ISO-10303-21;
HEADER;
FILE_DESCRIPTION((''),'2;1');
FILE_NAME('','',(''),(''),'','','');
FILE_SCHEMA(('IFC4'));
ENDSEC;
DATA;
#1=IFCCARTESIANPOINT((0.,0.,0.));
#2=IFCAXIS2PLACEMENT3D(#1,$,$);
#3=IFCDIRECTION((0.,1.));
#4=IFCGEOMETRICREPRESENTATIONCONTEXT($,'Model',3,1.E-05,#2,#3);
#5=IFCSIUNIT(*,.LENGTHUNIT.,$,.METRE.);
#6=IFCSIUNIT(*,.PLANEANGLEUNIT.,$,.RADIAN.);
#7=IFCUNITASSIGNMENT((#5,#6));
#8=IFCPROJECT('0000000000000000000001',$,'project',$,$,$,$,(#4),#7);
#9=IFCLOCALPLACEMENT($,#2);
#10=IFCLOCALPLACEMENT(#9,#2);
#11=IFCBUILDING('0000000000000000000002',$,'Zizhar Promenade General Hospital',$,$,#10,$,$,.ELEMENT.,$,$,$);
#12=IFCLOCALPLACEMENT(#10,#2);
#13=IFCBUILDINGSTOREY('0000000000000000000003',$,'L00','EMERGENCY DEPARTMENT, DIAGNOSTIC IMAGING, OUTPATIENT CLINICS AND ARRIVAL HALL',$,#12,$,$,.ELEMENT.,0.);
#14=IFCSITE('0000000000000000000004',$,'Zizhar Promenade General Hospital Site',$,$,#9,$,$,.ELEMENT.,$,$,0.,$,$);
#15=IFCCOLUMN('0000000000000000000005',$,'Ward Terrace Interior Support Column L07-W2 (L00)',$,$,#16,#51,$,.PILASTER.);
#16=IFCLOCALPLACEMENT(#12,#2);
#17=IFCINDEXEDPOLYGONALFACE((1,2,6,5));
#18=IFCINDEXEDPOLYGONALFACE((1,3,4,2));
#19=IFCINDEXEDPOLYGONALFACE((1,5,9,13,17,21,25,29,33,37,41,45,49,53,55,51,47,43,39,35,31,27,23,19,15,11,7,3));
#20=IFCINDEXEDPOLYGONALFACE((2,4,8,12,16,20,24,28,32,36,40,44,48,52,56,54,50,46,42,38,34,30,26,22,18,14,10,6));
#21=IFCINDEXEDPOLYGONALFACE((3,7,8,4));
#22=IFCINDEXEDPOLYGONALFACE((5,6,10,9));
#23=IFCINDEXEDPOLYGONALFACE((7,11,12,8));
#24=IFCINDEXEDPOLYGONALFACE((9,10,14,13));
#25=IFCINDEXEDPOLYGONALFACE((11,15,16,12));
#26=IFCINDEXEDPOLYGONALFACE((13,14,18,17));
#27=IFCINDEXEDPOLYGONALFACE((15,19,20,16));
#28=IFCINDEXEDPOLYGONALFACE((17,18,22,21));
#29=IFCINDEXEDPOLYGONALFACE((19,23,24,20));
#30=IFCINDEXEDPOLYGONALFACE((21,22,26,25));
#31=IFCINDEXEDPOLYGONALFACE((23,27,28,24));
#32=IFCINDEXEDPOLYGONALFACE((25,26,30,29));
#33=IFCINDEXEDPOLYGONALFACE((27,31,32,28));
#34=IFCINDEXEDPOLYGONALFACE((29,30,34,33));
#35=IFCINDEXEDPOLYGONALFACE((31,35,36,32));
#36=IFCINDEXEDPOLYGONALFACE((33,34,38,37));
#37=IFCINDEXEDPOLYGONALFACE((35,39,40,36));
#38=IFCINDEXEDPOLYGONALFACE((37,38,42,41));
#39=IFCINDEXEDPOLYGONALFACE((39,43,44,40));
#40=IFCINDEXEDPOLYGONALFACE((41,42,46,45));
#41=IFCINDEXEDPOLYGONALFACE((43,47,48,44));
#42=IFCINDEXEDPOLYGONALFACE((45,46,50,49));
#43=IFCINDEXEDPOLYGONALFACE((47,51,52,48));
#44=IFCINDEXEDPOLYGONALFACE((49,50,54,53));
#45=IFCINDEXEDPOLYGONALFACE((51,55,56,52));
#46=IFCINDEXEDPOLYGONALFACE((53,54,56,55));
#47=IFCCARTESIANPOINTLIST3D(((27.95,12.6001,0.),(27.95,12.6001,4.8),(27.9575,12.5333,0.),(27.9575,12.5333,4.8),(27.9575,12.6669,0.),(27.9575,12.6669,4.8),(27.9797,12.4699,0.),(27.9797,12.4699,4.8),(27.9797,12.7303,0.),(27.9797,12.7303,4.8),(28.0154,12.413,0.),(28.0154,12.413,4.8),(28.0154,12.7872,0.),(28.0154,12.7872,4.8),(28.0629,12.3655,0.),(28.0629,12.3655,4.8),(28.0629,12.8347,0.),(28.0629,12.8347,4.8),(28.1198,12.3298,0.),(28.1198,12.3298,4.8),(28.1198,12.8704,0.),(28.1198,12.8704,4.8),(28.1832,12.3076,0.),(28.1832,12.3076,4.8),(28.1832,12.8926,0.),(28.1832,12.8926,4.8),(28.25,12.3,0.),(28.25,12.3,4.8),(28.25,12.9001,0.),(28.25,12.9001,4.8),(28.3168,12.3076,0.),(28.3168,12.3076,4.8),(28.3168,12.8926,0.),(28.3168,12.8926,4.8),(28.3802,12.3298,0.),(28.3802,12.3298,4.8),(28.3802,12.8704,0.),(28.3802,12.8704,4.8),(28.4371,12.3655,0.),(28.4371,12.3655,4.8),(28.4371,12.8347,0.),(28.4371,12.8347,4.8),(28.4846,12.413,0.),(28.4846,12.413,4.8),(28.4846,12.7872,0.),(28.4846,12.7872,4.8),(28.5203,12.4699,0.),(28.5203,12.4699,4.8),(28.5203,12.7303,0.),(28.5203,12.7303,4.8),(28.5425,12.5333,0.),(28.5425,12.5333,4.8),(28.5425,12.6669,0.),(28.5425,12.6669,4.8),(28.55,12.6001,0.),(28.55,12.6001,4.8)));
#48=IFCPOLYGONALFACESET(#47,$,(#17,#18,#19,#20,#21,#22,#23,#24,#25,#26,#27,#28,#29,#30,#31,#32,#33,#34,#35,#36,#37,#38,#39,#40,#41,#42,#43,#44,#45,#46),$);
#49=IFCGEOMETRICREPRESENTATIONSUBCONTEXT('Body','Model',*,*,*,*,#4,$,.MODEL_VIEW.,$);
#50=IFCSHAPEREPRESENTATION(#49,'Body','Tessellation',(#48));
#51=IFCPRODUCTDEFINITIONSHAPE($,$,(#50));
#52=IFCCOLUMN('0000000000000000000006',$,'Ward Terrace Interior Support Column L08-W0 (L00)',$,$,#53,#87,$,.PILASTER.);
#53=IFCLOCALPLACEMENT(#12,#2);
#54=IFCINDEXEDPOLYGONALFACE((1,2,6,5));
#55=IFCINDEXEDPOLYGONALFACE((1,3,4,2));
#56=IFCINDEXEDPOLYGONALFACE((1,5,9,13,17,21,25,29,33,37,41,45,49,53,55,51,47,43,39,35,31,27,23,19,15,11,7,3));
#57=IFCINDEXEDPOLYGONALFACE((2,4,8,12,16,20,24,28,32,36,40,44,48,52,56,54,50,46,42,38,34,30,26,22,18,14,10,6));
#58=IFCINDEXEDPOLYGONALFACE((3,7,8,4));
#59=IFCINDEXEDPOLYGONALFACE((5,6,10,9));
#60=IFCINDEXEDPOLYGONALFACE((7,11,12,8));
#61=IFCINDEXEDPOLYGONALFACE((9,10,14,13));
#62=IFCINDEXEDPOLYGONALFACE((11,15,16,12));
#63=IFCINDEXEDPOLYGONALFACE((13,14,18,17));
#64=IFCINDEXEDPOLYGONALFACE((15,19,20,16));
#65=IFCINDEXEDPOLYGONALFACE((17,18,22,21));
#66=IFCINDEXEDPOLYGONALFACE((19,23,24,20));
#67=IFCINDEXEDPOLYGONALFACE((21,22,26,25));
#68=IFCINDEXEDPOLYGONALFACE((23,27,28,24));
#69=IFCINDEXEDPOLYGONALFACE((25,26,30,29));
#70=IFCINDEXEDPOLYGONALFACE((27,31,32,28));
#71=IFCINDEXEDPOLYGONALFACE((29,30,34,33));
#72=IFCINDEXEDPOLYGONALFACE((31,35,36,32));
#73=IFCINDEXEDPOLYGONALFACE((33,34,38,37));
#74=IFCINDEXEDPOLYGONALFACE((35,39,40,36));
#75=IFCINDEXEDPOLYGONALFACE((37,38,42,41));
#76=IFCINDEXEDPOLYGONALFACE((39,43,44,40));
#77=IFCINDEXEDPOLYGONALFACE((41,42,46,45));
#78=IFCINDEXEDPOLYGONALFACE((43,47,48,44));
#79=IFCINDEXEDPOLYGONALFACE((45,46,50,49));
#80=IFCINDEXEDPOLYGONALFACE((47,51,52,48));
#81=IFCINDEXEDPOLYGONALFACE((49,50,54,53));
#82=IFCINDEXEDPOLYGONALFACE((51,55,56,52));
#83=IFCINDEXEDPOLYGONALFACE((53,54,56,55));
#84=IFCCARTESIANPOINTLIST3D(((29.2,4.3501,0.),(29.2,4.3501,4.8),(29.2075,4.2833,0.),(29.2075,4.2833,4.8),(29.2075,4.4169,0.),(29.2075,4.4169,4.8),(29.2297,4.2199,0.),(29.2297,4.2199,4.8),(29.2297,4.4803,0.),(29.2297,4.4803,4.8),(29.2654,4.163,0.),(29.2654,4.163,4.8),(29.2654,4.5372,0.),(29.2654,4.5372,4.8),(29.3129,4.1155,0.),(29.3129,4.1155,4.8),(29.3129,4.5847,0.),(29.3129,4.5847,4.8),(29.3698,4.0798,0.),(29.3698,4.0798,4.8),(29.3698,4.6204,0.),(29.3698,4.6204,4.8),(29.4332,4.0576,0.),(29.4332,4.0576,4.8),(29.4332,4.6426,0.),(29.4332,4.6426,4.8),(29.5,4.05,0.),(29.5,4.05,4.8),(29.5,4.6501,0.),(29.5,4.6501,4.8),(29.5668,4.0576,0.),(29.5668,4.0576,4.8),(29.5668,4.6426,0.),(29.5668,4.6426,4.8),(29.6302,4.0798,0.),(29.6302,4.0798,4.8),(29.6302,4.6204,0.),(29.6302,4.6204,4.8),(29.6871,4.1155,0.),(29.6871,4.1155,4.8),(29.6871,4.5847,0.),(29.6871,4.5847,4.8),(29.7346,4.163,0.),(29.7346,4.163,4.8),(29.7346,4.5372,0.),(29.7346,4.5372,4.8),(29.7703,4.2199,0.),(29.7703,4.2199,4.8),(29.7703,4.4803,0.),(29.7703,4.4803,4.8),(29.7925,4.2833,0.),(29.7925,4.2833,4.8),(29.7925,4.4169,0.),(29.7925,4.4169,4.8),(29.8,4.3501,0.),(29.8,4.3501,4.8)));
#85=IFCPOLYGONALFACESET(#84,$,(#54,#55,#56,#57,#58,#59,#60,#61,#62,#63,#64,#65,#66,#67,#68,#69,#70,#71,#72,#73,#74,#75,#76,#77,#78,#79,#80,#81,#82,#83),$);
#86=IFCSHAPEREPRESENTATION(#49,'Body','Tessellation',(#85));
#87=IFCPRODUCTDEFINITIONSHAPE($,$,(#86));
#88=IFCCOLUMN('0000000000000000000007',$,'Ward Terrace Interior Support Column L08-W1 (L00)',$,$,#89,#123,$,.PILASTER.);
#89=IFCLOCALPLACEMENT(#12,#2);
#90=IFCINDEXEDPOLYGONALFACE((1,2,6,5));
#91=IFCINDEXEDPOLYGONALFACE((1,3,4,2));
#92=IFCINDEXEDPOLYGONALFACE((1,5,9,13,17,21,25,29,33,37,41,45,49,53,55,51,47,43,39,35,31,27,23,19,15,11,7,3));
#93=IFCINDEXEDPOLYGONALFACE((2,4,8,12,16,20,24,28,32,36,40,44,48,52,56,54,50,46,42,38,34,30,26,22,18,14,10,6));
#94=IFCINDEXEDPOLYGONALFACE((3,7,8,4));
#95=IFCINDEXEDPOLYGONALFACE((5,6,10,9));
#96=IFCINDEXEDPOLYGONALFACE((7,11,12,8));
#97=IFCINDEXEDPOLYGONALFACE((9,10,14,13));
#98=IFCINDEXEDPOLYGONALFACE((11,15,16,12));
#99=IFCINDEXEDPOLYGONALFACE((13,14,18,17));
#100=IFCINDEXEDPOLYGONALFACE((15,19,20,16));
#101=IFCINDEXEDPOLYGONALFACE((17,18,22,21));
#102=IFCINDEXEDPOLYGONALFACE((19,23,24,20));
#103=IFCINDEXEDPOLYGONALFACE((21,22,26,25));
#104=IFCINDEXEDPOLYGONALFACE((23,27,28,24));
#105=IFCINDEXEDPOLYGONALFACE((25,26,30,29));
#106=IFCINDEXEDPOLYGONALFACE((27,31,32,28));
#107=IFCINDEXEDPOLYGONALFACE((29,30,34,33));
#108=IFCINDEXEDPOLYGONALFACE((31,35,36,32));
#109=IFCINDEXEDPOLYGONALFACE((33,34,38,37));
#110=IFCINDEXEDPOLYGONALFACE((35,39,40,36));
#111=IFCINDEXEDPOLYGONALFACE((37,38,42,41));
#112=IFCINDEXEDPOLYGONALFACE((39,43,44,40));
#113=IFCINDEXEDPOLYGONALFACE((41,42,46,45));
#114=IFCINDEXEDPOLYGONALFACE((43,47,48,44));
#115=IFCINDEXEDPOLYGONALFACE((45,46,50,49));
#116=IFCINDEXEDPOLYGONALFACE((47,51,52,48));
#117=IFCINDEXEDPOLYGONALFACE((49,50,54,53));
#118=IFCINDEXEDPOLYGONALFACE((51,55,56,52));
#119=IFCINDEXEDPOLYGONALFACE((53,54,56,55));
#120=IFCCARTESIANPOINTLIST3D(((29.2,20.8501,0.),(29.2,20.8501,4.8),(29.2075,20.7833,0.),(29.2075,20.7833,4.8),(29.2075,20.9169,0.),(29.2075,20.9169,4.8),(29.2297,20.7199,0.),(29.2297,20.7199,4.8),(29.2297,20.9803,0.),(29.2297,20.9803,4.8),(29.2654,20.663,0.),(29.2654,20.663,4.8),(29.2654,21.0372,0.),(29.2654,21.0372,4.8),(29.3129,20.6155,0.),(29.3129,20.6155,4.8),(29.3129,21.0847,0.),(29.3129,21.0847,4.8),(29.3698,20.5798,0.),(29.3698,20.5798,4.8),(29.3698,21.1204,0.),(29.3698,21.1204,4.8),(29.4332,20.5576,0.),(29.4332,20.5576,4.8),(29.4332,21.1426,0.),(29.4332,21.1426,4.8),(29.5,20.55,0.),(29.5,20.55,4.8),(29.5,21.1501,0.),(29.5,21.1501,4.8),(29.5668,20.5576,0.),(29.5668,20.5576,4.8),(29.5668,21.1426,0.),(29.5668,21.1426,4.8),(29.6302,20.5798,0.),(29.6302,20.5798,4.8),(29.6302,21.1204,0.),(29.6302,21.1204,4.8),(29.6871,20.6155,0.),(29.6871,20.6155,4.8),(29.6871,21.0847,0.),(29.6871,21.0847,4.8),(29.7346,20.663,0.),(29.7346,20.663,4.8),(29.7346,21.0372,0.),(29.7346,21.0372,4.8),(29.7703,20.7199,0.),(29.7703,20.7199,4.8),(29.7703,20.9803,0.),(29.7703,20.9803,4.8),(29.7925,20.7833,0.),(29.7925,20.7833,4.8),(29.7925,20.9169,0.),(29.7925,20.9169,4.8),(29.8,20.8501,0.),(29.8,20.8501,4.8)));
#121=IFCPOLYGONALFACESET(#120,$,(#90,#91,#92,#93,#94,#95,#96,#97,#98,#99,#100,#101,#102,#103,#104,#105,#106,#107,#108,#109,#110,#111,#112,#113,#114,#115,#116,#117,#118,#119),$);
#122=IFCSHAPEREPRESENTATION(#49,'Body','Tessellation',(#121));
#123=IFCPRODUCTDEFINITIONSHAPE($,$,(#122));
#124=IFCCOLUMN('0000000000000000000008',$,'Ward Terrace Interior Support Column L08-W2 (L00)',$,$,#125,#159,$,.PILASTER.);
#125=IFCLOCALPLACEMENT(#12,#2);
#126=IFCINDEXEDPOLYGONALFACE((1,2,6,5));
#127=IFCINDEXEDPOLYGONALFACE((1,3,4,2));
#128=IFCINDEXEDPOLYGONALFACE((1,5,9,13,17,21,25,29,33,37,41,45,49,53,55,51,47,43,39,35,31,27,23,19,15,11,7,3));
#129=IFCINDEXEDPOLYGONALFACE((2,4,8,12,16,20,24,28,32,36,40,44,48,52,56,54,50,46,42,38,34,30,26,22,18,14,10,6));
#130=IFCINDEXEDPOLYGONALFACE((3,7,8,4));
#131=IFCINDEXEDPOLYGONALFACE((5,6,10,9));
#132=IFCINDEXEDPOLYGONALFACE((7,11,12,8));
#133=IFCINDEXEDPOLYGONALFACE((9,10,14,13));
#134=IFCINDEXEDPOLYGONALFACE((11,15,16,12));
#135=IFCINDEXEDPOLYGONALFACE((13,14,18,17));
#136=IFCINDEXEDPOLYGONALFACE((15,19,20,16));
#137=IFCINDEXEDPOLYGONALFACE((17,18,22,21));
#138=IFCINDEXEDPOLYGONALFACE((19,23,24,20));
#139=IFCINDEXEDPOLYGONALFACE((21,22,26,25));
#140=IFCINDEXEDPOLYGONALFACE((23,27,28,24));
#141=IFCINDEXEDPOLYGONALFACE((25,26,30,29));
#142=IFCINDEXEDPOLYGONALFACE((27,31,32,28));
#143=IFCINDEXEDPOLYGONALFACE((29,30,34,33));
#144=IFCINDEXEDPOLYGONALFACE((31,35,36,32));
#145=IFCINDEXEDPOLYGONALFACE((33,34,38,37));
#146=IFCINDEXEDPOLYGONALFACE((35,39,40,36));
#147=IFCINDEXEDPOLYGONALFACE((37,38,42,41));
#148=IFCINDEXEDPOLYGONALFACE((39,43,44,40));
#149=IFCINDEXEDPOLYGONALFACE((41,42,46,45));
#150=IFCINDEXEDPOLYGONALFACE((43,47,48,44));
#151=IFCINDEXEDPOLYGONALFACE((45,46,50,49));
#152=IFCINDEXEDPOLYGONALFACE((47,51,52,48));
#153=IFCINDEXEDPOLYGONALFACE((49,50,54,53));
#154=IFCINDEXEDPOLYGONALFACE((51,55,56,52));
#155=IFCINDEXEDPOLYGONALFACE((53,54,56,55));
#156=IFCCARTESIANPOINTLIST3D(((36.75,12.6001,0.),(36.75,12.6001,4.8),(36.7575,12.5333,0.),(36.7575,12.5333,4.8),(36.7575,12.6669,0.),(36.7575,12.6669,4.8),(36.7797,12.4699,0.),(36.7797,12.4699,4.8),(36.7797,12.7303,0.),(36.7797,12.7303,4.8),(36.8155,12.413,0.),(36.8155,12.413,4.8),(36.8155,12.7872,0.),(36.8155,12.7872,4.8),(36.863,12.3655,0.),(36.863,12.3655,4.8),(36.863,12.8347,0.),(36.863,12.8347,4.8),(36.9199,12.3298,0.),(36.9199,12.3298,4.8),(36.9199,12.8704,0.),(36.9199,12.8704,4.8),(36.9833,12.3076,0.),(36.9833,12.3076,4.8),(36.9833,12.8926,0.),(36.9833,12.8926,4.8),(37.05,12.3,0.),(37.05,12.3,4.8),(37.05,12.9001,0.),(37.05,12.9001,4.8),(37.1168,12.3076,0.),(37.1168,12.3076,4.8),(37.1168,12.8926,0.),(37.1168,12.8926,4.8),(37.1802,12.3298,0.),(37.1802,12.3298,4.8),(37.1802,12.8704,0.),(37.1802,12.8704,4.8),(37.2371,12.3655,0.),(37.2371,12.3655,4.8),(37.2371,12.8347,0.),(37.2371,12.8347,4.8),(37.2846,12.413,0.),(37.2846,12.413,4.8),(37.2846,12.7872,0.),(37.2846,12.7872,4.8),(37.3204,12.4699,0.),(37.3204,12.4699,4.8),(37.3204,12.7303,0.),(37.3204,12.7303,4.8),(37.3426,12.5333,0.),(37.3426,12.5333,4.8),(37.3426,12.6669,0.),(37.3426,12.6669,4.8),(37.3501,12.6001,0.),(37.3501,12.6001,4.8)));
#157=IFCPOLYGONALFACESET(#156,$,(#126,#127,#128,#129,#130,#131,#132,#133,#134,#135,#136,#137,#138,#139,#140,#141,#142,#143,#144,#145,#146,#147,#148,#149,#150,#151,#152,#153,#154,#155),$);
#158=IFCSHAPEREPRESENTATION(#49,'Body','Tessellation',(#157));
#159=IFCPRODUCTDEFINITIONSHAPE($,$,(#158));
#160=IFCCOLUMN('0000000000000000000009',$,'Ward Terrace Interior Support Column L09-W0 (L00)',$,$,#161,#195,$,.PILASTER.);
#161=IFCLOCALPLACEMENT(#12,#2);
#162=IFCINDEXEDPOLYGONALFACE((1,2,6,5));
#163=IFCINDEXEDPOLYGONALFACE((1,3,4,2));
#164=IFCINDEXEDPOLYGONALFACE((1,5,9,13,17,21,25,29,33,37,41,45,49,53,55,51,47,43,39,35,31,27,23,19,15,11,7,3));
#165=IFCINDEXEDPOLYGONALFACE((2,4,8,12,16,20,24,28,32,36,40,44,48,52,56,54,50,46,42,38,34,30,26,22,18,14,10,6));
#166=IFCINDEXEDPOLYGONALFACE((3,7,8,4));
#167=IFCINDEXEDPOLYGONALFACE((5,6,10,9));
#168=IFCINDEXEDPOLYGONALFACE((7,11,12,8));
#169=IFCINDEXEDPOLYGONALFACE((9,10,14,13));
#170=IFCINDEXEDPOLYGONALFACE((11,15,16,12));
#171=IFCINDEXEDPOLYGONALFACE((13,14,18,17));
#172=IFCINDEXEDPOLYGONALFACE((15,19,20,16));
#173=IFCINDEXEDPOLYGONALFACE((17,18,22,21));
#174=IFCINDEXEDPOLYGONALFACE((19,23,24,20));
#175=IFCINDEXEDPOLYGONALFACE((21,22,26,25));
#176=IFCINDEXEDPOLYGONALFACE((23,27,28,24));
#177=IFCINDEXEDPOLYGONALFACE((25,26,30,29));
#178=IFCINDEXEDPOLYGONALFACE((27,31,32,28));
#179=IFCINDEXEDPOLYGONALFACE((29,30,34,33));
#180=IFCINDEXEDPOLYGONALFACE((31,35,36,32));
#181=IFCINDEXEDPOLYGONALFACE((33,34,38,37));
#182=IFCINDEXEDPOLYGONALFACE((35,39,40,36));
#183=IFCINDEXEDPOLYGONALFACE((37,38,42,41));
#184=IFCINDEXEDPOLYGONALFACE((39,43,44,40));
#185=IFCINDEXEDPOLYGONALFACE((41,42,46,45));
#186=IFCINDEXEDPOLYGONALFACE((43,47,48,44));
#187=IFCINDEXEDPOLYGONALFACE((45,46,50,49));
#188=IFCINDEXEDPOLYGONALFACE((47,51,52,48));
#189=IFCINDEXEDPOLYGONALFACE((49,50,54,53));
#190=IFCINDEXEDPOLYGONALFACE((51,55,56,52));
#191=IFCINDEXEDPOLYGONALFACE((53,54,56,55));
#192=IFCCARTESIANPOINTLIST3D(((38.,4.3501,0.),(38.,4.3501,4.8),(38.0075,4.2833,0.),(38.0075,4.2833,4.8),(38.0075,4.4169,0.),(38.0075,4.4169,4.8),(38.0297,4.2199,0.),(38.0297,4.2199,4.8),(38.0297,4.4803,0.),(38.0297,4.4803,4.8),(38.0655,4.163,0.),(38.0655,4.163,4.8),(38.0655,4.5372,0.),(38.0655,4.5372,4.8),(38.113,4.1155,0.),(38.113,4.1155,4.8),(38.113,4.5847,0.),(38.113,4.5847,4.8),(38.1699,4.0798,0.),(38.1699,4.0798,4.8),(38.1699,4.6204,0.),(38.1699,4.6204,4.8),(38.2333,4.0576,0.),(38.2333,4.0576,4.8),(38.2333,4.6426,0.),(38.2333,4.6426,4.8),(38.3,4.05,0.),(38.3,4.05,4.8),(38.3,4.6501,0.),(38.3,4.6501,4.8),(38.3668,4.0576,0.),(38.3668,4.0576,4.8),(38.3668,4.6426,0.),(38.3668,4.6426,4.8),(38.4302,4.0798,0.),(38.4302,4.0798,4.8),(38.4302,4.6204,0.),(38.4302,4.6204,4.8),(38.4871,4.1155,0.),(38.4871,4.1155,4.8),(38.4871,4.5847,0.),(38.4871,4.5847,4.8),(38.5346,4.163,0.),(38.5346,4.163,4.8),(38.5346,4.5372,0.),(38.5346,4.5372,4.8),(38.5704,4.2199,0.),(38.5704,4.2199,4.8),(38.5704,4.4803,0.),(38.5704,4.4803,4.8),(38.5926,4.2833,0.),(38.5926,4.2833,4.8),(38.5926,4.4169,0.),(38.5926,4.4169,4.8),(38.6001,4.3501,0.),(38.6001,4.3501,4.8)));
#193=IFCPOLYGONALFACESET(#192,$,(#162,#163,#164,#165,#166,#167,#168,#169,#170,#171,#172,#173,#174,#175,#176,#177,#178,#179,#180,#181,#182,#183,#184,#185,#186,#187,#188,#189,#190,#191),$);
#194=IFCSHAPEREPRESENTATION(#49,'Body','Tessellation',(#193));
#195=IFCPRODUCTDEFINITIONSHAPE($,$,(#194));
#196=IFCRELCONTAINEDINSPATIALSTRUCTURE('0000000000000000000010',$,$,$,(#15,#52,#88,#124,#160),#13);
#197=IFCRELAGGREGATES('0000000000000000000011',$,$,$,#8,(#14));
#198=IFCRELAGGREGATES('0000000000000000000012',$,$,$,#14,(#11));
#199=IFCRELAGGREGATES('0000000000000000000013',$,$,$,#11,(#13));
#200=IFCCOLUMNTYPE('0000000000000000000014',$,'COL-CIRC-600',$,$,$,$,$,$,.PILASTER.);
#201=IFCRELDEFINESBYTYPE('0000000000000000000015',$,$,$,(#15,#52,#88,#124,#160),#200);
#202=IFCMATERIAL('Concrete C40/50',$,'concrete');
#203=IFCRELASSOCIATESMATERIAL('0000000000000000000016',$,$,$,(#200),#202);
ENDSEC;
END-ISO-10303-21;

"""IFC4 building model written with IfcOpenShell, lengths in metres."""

from ifc_helpers import new_model, si_unit, direction, frame, origin, origin_2d, place, context, subcontext, project, spatial, circle, extrude, material, material_profile, profile_set, type_object, element, save


model = new_model("IFC4")

# Units and contexts
model_context = context("Model", 3, precision=1e-05, world=origin(), true_north=direction((0.0, 1.0)))
body_context = subcontext(model_context, "Body", "Model", "MODEL_VIEW")
ifc_project = project(units=[si_unit("LENGTHUNIT", "METRE"), si_unit("PLANEANGLEUNIT", "RADIAN")], contexts=[model_context])

# Site, building, storey
site_placement = place(None, origin())
site = spatial("IfcSite", under=ifc_project, at=site_placement, Name="Zizhar Promenade General Hospital Site", CompositionType="ELEMENT", RefElevation=0.0)
building_placement = place(site_placement, origin())
building = spatial("IfcBuilding", under=site, at=building_placement, Name="Zizhar Promenade General Hospital", CompositionType="ELEMENT")
storey_placement = place(building_placement, origin())
storey = spatial("IfcBuildingStorey", under=building, at=storey_placement, Name="L00", Description="EMERGENCY DEPARTMENT, DIAGNOSTIC IMAGING, OUTPATIENT CLINICS AND ARRIVAL HALL", CompositionType="ELEMENT", Elevation=0.0)

# Columns
ifc_material_1 = material(Name="Concrete C40/50", Category="concrete")
ifc_material_profile_1 = material_profile(ifc_material_1, circle(Radius=0.3, at=origin_2d()))
ifc_profile_set_1 = profile_set([ifc_material_profile_1], Name="Concrete C40/50")
column_type_1 = type_object("IfcColumnType", Name="COL-CIRC-600", PredefinedType="PILASTER", material=ifc_profile_set_1)
for number, where, z_axis, x_axis, name in (
    (1, (28.25, 12.6001, 0.0), (0.0, 0.0, 1.0), (1.0, 0.0, 0.0), "Ward Terrace Interior Support Column L07-W2 (L00)"),
    (2, (29.5, 4.3501, 0.0), (0.0, 0.0, 1.0), (1.0, 0.0, 0.0), "Ward Terrace Interior Support Column L08-W0 (L00)"),
    (3, (29.5, 20.8501, 0.0), (0.0, 0.0, 1.0), (1.0, 0.0, 0.0), "Ward Terrace Interior Support Column L08-W1 (L00)"),
    (4, (37.05, 12.6001, 0.0), (0.0, 0.0, 1.0), (1.0, 0.0, 0.0), "Ward Terrace Interior Support Column L08-W2 (L00)"),
    (5, (38.3, 4.3501, 0.0), (0.0, 0.0, 1.0), (1.0, 0.0, 0.0), "Ward Terrace Interior Support Column L09-W0 (L00)"),
):
    element("IfcColumn", number, at=place(storey_placement, frame(where, z_axis=z_axis, x_axis=x_axis)), inside=storey, type_object=column_type_1, Name=name, PredefinedType="PILASTER", context=body_context, shape_type="SweptSolid", body=[
        extrude(circle(Radius=0.3, at=origin_2d()), origin(), (0.0, 0.0, 1.0), 4.8),
    ])

save(model, "model.ifc")
